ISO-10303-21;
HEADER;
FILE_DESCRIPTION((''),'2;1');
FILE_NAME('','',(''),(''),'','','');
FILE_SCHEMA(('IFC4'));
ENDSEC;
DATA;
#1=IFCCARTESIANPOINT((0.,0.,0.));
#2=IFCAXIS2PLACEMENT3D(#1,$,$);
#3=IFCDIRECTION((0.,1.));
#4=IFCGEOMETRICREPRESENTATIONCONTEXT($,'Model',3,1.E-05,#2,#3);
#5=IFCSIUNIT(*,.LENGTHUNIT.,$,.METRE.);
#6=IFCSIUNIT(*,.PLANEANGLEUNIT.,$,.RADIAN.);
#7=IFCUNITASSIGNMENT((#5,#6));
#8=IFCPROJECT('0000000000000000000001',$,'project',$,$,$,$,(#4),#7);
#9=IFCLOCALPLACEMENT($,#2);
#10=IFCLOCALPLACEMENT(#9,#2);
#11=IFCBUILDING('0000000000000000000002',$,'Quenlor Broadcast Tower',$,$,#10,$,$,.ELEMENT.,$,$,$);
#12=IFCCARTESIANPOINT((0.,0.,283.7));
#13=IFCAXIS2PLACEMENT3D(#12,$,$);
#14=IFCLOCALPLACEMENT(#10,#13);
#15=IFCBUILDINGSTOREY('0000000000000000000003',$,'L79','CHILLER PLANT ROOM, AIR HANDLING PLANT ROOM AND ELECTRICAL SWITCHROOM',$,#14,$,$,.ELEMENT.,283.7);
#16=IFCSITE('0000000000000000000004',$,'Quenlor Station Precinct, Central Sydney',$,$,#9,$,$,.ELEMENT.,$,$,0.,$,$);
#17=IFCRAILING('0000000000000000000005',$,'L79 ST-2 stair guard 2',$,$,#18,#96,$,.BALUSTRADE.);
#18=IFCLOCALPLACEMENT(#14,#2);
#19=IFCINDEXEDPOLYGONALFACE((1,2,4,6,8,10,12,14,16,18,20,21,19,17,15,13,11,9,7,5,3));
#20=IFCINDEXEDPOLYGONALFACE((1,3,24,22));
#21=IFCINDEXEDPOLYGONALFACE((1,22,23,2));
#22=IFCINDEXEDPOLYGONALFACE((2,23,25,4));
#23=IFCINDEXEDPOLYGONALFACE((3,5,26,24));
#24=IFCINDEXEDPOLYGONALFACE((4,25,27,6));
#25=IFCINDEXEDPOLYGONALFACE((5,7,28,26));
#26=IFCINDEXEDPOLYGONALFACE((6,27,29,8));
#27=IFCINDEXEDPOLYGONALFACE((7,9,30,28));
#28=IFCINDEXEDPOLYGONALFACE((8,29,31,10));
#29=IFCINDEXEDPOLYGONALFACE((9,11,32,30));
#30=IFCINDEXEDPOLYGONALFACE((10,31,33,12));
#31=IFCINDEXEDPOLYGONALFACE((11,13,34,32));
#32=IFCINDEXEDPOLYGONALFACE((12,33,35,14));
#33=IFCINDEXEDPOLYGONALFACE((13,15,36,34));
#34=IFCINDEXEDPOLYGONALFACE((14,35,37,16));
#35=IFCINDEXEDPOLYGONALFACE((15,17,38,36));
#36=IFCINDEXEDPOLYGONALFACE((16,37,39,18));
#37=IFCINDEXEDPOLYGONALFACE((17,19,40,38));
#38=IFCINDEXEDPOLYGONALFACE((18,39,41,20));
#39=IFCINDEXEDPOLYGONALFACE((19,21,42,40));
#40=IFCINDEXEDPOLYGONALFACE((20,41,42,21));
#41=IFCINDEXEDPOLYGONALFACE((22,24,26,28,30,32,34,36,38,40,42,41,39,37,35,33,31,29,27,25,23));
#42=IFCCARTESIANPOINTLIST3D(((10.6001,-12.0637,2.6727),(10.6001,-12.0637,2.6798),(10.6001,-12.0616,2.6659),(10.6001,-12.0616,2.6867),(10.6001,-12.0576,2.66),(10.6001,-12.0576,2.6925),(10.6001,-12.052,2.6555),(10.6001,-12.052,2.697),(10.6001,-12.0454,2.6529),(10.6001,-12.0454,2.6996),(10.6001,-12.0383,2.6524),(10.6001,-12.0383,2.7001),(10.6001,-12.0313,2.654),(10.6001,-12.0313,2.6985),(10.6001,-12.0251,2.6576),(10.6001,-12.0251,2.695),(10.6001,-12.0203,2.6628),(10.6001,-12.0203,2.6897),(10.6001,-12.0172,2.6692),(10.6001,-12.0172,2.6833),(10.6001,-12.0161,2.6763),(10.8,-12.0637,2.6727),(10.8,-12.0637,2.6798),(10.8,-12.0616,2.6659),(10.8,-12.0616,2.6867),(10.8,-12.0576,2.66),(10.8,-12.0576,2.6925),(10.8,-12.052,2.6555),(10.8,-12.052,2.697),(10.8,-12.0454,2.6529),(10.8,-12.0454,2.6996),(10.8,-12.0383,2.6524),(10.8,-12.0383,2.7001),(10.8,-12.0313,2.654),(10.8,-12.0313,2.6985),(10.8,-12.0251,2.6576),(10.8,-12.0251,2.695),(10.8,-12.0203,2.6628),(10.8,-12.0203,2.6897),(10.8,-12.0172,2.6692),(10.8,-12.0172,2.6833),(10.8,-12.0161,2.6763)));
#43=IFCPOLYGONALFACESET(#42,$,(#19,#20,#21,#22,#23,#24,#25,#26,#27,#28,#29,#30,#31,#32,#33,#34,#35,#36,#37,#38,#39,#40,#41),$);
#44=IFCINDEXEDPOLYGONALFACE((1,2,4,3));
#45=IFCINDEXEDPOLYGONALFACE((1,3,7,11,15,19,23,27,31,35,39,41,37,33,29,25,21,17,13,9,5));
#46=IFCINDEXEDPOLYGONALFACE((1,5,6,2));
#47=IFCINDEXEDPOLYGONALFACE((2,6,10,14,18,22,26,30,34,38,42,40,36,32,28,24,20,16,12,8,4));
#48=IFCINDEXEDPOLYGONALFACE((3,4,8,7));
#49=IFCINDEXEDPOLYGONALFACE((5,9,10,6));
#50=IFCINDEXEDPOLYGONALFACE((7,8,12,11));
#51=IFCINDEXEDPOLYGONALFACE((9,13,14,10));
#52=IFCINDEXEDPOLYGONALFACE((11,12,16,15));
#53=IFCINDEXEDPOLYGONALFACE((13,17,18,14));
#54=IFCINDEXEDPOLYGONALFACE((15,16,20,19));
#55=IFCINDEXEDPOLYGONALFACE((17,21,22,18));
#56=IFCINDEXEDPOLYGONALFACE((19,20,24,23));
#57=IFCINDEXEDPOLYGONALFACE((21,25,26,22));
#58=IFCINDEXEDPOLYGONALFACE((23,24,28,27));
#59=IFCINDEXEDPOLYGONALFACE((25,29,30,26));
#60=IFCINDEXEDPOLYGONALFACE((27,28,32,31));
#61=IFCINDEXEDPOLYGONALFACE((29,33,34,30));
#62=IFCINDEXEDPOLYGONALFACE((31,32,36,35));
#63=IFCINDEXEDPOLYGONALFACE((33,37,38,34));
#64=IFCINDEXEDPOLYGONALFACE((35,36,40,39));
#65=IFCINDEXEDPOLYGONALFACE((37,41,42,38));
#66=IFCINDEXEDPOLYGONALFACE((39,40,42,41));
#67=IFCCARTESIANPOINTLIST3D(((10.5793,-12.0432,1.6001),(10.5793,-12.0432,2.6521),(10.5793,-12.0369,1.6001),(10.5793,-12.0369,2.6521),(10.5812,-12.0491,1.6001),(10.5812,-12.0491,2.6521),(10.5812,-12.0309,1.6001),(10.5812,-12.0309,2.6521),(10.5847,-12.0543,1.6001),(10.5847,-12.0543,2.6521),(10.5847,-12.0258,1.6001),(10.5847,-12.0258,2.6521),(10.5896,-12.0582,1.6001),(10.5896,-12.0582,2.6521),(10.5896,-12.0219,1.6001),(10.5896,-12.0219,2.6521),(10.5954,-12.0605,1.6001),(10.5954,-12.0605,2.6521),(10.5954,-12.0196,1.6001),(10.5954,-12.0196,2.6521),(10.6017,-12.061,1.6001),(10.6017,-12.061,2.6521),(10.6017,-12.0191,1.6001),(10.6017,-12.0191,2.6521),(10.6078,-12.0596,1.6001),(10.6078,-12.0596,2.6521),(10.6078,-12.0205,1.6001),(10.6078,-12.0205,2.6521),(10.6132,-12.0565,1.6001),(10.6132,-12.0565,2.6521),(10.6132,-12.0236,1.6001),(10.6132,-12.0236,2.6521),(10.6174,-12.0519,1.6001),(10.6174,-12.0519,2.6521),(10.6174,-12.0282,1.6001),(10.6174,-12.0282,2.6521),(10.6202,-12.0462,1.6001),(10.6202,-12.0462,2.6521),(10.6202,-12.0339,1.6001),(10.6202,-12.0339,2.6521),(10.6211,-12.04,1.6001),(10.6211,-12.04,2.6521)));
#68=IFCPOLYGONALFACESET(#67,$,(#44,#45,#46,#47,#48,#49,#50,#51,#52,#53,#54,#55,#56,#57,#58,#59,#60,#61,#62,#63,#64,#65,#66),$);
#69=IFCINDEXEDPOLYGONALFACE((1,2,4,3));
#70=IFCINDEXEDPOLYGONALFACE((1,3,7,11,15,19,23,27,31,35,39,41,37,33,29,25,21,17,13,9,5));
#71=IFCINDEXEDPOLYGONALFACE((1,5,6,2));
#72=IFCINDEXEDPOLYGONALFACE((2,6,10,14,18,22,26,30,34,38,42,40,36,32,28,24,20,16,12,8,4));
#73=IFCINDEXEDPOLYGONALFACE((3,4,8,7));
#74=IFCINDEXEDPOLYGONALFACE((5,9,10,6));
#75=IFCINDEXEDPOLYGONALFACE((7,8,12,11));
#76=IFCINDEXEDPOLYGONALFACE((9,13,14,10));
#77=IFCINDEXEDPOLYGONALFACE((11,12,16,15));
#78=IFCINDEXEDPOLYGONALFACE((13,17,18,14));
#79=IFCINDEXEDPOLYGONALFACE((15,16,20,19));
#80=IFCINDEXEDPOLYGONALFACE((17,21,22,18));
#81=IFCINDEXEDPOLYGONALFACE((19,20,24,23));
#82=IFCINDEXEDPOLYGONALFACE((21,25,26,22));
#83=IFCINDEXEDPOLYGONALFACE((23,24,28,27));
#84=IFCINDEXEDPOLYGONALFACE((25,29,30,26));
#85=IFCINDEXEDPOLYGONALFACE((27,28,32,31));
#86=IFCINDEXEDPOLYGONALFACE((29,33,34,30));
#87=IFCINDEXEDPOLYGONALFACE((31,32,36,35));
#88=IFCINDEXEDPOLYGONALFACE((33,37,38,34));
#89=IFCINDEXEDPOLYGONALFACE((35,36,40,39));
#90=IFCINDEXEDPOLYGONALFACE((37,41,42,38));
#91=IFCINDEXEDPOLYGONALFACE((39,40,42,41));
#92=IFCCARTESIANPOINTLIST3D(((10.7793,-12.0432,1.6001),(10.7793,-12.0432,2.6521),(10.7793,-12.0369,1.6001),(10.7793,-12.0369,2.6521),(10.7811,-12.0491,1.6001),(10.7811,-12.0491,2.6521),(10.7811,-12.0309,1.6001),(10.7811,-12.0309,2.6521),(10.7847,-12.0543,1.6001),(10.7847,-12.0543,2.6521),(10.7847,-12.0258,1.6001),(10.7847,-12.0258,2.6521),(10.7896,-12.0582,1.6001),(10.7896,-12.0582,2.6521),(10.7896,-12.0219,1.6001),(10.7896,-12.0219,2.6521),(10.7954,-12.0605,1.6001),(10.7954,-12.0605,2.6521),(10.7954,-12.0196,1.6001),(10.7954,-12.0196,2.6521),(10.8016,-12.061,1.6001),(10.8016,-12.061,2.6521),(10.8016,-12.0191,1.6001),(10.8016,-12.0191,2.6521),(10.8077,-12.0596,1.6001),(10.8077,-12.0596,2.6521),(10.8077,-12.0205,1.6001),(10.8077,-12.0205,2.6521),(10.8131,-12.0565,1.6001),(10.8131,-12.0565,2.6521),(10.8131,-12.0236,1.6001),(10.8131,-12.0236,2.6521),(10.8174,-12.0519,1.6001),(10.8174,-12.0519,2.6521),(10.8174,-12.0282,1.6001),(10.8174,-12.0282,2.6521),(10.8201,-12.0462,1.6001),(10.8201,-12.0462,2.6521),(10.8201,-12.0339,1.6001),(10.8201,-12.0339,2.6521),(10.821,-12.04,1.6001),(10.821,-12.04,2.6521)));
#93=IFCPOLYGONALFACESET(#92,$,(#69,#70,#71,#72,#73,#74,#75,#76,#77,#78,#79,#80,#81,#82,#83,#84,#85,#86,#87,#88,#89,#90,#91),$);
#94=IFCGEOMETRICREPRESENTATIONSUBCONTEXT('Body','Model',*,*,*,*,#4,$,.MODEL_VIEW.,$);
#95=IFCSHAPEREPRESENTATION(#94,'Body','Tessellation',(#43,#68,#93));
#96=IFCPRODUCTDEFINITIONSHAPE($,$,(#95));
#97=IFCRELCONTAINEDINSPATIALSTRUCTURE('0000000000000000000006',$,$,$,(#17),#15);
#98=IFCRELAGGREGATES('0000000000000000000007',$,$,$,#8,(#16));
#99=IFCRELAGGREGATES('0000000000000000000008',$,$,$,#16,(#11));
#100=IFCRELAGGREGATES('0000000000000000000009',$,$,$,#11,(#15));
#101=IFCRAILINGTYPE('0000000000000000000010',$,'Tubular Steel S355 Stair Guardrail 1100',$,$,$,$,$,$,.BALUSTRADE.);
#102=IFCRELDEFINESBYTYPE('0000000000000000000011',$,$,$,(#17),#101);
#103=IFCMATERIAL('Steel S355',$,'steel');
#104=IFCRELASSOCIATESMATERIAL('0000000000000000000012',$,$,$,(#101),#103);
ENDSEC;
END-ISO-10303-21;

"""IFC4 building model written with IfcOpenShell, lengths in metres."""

from ifc_helpers import new_model, si_unit, direction, frame, origin, origin_2d, place, context, subcontext, project, spatial, circle, extrude, material, type_object, element, save


model = new_model("IFC4")

# Units and contexts
model_context = context("Model", 3, precision=1e-05, world=origin(), true_north=direction((0.0, 1.0)))
body_context = subcontext(model_context, "Body", "Model", "MODEL_VIEW")
ifc_project = project(units=[si_unit("LENGTHUNIT", "METRE"), si_unit("PLANEANGLEUNIT", "RADIAN")], contexts=[model_context])

# Site, building, storey
site_placement = place(None, origin())
site = spatial("IfcSite", under=ifc_project, at=site_placement, Name="Quenlor Station Precinct, Central Sydney", CompositionType="ELEMENT", RefElevation=0.0)
building_placement = place(site_placement, origin())
building = spatial("IfcBuilding", under=site, at=building_placement, Name="Quenlor Broadcast Tower", CompositionType="ELEMENT")
storey_placement = place(building_placement, frame((0.0, 0.0, 283.7)))
storey = spatial("IfcBuildingStorey", under=building, at=storey_placement, Name="L79", Description="CHILLER PLANT ROOM, AIR HANDLING PLANT ROOM AND ELECTRICAL SWITCHROOM", CompositionType="ELEMENT", Elevation=283.7)

# Railing
ifc_material_1 = material(Name="Steel S355", Category="steel")
railing_type_1 = type_object("IfcRailingType", Name="Tubular Steel S355 Stair Guardrail 1100", PredefinedType="BALUSTRADE", material=ifc_material_1)
railing_1_placement = place(storey_placement, frame((10.6001, -12.04, 1.6001)))
element("IfcRailing", 1, at=railing_1_placement, inside=storey, type_object=railing_type_1, Name="L79 ST-2 stair guard 2", PredefinedType="BALUSTRADE", context=body_context, shape_type="SweptSolid", body=[
    extrude(circle(Radius=0.0239, at=origin_2d()), frame((0.0, 0.0, 1.0762), z_axis=(1.0, 0.0, 0.0), x_axis=(0.0, 1.0, 0.0)), (0.0, 0.0, 1.0), 0.2),
    extrude(circle(Radius=0.021, at=origin_2d()), origin(), (0.0, 0.0, 1.0), 1.052),
    extrude(circle(Radius=0.021, at=origin_2d()), frame((0.2, 0.0, 0.0)), (0.0, 0.0, 1.0), 1.052),
])

save(model, "model.ifc")
